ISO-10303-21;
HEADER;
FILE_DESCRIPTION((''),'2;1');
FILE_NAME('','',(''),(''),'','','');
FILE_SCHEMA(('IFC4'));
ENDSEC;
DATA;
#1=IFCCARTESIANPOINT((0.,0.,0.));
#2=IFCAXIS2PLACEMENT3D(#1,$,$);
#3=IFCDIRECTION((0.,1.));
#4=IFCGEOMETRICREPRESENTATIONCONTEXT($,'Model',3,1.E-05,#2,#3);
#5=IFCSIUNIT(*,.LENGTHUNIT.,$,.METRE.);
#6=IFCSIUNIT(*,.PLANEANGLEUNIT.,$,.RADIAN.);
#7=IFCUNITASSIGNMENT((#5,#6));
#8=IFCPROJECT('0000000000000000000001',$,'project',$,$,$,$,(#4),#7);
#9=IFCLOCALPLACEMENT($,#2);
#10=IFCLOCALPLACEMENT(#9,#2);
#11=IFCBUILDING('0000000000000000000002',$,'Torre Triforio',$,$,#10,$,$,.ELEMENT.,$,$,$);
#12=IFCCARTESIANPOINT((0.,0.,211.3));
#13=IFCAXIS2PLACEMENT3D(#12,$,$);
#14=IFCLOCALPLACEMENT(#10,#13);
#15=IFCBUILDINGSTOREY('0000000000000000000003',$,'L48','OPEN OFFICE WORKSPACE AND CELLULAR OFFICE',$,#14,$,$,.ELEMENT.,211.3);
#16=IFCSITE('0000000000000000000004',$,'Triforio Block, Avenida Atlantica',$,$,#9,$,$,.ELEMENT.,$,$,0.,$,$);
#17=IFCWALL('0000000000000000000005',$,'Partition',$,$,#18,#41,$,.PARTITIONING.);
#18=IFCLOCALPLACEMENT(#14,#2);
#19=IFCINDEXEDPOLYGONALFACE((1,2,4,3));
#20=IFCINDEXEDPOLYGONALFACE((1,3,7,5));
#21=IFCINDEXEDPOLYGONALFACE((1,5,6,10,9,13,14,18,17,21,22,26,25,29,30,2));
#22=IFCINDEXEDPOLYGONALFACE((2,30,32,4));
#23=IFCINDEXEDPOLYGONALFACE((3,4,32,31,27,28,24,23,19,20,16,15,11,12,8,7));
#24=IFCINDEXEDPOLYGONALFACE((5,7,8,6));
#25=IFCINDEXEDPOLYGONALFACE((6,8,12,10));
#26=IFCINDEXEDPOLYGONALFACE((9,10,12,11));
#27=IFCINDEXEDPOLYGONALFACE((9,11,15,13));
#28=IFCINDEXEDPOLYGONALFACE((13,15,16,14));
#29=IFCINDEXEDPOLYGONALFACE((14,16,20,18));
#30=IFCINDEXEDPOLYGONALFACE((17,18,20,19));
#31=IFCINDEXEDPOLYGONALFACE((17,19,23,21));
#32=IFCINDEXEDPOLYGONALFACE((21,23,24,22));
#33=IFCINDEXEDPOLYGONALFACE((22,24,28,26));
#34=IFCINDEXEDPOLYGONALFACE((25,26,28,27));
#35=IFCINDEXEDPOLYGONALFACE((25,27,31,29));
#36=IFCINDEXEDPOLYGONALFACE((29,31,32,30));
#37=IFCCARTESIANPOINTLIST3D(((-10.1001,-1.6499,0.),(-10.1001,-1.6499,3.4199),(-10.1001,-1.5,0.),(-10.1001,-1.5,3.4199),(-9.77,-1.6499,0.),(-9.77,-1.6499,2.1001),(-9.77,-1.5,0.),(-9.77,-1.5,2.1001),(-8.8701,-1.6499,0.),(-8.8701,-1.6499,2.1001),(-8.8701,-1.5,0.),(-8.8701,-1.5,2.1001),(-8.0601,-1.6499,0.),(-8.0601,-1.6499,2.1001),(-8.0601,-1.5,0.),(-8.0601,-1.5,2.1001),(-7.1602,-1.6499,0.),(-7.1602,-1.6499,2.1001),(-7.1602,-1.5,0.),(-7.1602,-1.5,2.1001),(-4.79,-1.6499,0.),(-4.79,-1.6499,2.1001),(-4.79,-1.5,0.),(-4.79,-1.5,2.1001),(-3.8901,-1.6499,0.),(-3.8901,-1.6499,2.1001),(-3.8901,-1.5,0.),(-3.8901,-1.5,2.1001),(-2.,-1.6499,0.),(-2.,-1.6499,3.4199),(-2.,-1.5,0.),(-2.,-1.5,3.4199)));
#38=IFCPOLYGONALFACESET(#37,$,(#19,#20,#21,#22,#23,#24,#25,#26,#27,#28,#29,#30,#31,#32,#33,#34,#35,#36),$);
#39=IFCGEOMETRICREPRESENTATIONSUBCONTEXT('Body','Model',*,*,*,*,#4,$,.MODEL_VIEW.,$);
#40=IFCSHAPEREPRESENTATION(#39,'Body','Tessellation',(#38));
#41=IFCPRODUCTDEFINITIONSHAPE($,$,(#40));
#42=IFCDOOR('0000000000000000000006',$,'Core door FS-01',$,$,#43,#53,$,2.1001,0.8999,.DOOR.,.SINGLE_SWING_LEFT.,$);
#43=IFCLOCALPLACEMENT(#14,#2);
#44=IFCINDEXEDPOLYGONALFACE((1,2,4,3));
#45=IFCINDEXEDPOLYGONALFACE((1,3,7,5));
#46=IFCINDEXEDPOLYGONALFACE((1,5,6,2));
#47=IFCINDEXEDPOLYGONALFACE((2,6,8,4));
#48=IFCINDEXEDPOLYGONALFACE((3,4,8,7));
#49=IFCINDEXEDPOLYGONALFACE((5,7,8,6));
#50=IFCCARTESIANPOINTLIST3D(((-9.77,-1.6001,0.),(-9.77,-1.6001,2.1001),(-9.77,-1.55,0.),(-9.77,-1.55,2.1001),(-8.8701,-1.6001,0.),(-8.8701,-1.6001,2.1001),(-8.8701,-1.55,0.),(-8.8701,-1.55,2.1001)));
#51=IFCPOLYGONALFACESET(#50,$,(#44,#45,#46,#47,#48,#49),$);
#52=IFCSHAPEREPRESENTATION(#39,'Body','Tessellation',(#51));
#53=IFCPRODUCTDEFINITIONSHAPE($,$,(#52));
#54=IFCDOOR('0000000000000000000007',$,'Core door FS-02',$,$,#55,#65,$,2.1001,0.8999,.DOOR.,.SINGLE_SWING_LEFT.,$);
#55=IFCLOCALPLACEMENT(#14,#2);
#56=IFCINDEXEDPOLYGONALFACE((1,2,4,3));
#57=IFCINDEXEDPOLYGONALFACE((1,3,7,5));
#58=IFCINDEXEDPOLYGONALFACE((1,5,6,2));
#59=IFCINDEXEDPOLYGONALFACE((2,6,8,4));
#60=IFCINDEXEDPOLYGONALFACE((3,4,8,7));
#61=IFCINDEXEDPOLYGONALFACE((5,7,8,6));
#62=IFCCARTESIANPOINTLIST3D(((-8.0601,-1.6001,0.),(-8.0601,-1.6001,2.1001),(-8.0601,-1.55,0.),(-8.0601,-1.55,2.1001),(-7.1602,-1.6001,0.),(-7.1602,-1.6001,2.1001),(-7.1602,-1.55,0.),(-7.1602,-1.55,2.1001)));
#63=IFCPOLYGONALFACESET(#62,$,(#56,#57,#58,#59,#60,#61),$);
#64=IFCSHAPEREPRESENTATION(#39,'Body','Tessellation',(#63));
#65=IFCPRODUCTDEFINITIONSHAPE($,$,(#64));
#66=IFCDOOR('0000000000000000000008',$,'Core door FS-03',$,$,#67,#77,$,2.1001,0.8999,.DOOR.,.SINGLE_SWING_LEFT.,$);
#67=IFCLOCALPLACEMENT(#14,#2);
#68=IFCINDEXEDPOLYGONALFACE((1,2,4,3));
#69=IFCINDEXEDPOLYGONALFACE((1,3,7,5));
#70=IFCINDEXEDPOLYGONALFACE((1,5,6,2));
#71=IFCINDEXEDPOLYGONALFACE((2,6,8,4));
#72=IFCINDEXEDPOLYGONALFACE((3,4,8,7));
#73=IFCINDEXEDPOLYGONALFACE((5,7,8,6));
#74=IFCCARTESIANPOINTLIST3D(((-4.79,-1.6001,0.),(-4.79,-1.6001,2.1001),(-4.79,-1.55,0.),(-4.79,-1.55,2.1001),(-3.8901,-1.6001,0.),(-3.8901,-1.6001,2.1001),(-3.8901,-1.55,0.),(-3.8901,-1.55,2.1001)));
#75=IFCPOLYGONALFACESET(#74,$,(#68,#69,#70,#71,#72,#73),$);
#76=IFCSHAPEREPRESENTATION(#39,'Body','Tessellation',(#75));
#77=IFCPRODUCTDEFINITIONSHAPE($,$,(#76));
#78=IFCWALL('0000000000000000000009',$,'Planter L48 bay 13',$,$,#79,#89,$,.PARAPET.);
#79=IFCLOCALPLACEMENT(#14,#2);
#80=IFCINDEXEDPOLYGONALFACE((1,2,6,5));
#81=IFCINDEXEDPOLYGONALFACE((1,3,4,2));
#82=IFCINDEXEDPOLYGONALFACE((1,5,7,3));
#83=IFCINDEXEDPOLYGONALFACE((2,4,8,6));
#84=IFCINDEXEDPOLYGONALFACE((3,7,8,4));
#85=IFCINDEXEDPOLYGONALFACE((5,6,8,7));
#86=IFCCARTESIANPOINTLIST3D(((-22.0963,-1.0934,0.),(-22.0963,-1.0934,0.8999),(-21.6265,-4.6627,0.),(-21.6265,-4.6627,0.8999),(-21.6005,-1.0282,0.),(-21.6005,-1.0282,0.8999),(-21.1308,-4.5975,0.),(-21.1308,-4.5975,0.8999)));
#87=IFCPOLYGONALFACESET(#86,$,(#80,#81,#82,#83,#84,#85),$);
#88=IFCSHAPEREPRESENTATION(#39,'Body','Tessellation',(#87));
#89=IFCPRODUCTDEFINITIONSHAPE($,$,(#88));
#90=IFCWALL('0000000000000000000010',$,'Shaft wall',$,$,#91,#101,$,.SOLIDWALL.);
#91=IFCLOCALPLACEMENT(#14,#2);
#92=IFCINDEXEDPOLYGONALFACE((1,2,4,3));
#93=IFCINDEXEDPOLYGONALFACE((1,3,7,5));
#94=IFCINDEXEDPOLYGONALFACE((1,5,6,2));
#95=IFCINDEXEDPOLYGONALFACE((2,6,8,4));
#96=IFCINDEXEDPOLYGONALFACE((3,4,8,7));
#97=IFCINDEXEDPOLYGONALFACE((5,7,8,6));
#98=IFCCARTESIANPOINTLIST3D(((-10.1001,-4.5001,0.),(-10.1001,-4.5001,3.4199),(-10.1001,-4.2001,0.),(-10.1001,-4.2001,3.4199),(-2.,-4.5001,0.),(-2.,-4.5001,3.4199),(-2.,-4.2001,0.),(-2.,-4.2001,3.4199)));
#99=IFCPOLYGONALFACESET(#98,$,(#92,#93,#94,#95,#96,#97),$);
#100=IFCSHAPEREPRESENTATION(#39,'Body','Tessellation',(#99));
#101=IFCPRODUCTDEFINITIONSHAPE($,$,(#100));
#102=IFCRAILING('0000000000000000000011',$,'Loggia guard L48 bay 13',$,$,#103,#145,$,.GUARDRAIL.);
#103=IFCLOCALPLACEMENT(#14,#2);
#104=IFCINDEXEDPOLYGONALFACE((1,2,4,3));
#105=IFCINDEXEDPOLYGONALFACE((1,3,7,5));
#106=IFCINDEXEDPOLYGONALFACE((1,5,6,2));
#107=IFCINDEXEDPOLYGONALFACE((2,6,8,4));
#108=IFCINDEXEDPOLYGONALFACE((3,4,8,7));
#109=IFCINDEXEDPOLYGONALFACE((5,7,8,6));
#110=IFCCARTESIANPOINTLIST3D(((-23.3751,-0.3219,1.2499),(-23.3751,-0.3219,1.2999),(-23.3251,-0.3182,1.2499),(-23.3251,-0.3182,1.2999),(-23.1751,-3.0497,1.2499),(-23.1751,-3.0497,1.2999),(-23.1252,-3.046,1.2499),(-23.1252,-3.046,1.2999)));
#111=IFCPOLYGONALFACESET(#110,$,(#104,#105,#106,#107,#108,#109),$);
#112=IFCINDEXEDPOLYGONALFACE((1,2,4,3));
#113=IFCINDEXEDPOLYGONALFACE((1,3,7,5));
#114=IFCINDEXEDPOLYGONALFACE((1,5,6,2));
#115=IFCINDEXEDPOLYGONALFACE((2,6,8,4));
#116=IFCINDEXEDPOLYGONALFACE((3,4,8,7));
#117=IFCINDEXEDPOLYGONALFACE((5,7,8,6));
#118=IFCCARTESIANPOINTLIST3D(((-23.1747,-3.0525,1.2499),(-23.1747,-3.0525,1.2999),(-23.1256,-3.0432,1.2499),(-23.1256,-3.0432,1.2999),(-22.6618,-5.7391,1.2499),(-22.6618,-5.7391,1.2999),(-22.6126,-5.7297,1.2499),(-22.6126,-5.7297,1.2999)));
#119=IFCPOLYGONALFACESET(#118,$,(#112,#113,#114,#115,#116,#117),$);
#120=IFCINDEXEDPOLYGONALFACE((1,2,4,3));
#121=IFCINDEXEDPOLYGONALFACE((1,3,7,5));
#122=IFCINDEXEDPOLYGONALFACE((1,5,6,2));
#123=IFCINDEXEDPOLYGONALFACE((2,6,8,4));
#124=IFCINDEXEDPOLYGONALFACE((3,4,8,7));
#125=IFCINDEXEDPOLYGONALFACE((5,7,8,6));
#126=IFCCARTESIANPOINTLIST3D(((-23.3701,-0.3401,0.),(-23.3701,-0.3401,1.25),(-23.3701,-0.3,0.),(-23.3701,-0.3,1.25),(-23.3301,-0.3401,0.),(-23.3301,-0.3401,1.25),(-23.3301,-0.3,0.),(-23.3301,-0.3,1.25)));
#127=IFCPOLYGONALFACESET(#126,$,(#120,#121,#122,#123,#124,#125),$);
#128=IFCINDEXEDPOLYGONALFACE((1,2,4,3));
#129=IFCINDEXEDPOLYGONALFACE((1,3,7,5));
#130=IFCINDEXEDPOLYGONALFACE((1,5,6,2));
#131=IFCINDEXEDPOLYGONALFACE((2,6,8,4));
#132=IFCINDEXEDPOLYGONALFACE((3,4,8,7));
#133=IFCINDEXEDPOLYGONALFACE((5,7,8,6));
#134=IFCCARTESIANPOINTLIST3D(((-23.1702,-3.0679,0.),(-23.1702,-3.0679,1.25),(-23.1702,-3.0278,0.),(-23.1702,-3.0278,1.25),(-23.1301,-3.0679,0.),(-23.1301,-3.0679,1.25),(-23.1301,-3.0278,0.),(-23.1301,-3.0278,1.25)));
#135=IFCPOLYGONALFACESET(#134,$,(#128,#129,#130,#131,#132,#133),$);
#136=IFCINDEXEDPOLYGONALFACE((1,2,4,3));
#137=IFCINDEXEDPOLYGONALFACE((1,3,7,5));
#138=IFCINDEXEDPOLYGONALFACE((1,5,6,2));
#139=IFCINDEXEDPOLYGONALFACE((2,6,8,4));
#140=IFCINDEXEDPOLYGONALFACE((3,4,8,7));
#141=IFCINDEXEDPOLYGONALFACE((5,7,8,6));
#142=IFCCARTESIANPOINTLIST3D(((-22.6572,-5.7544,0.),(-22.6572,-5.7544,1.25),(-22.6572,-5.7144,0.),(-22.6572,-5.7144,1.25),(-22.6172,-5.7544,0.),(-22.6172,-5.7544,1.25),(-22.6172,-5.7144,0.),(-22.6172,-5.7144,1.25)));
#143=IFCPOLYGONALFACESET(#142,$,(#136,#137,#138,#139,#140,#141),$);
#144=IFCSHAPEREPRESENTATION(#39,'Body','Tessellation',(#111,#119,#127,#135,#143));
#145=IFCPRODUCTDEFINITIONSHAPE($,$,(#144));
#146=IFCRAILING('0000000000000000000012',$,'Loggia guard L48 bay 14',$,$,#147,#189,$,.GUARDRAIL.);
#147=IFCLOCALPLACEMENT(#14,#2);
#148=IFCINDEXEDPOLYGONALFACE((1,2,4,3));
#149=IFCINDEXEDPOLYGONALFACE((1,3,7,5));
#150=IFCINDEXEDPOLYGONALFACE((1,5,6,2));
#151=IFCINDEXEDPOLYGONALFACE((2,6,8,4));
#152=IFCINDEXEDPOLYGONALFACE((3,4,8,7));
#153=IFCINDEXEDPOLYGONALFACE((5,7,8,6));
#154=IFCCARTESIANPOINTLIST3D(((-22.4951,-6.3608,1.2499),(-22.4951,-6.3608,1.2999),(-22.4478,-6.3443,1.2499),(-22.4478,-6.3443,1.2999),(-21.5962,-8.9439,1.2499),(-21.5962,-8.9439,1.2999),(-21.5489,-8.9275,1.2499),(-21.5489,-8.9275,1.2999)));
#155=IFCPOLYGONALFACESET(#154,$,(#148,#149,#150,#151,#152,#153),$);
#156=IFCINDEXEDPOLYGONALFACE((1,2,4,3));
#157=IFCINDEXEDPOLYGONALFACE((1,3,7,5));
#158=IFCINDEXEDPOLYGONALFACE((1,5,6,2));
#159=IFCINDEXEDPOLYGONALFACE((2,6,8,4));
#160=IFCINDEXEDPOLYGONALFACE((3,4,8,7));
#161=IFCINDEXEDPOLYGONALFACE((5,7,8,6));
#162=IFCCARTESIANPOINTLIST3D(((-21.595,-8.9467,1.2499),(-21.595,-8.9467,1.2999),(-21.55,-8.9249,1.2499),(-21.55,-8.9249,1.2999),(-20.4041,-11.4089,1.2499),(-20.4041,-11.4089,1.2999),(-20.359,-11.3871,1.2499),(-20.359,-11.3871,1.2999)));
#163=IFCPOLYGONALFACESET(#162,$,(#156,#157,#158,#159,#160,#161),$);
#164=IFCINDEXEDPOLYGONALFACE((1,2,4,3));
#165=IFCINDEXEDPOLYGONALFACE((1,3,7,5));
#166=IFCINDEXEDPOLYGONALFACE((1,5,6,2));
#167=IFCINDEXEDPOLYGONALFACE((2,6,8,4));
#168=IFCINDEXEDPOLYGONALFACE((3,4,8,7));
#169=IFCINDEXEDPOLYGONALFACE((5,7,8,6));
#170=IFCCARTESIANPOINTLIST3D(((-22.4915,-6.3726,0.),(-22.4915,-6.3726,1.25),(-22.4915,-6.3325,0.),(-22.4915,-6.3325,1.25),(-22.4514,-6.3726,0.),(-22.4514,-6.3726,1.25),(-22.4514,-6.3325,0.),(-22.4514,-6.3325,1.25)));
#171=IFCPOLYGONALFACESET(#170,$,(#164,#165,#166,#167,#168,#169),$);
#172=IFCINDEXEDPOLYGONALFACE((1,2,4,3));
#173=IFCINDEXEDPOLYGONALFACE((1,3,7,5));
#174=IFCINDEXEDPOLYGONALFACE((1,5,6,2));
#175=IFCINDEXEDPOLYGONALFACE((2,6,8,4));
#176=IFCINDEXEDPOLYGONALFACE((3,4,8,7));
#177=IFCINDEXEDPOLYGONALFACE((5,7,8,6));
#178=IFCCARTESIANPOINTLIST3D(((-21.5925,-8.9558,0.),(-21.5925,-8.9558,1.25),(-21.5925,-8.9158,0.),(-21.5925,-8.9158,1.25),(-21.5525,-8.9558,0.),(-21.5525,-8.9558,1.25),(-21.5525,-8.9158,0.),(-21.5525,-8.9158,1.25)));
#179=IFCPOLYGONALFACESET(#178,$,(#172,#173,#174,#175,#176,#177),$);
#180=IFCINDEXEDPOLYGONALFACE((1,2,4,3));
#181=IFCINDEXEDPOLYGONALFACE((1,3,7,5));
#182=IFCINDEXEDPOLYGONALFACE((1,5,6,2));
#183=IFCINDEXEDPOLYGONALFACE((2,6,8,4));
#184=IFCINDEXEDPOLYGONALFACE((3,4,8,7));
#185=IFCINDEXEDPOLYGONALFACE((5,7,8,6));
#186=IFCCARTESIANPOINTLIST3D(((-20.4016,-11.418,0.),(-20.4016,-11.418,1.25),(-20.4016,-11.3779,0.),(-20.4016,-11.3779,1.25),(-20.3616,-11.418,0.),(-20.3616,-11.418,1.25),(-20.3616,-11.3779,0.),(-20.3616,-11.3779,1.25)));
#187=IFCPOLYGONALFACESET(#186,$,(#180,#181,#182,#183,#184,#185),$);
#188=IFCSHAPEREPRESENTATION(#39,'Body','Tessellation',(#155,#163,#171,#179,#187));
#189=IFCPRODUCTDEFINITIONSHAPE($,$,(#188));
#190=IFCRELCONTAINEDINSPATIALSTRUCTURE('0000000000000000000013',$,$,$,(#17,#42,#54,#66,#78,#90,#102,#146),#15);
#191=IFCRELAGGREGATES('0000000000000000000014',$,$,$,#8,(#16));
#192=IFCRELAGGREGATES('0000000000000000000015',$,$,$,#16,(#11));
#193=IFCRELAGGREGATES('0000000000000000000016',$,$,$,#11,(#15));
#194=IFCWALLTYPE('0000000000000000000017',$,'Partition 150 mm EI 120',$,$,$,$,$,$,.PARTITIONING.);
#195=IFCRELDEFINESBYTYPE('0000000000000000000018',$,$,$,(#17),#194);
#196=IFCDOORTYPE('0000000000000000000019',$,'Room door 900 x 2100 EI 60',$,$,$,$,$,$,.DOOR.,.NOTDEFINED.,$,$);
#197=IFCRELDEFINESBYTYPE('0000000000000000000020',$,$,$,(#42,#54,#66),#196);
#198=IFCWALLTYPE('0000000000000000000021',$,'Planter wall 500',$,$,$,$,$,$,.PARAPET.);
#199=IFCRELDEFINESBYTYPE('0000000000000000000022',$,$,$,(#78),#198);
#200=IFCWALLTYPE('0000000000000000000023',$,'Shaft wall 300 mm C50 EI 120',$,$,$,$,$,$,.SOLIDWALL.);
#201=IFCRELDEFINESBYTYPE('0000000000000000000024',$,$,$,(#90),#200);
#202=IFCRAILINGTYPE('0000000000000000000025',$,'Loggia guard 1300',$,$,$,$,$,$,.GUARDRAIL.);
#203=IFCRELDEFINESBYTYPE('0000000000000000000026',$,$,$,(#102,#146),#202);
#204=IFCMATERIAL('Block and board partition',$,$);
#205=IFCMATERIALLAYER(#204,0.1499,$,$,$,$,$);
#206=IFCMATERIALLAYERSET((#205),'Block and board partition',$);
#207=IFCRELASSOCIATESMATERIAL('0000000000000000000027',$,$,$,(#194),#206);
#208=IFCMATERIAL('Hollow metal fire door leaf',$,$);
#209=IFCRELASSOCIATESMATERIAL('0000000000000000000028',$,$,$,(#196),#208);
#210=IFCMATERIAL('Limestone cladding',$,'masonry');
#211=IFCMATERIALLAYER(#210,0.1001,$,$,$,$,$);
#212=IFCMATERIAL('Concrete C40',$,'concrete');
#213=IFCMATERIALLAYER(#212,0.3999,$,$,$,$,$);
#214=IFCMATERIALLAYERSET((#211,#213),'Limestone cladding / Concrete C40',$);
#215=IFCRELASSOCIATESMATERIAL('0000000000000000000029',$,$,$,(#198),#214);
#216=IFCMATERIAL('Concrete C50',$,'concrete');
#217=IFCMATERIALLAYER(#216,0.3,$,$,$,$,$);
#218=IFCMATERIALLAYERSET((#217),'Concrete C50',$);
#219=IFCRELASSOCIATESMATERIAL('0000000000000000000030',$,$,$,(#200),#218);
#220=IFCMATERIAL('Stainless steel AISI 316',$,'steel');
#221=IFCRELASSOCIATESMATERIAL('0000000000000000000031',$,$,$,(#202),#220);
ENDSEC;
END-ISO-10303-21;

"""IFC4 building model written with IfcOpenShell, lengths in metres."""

from ifc_helpers import new_model, si_unit, direction, frame, frame_2d, origin, origin_2d, place, context, subcontext, project, spatial, rectangle, extrude, material, layer, layer_set, type_object, element, fill, save


model = new_model("IFC4")

# Units and contexts
model_context = context("Model", 3, precision=1e-05, world=origin(), true_north=direction((0.0, 1.0)))
body_context = subcontext(model_context, "Body", "Model", "MODEL_VIEW")
ifc_project = project(units=[si_unit("LENGTHUNIT", "METRE"), si_unit("PLANEANGLEUNIT", "RADIAN")], contexts=[model_context])

# Site, building, storey
site_placement = place(None, origin())
site = spatial("IfcSite", under=ifc_project, at=site_placement, Name="Triforio Block, Avenida Atlantica", CompositionType="ELEMENT", RefElevation=0.0)
building_placement = place(site_placement, origin())
building = spatial("IfcBuilding", under=site, at=building_placement, Name="Torre Triforio", CompositionType="ELEMENT")
storey_placement = place(building_placement, frame((0.0, 0.0, 211.3)))
storey = spatial("IfcBuildingStorey", under=building, at=storey_placement, Name="L48", Description="OPEN OFFICE WORKSPACE AND CELLULAR OFFICE", CompositionType="ELEMENT", Elevation=211.3)

# Shared definitions
ifc_material_1 = material(Name="Concrete C50", Category="concrete")

# Shared definitions
ifc_material_2 = material(Name="Concrete C40", Category="concrete")

# Shared definitions
ifc_material_3 = material(Name="Hollow metal fire door leaf")

# Wall, openings, doors
ifc_material_4 = material(Name="Block and board partition")
ifc_layer_1 = layer(ifc_material_4, 0.1499)
ifc_layer_set_1 = layer_set([ifc_layer_1], Name="Block and board partition")
wall_type_1 = type_object("IfcWallType", Name="Partition 150 mm EI 120", PredefinedType="PARTITIONING", material=ifc_layer_set_1)
wall_1_placement = place(storey_placement, frame((-10.1001, -1.575, 0.0), z_axis=(0.0, 0.0, 1.0), x_axis=(1.0, 0.0, 0.0)))
wall_1 = element("IfcWall", 1, at=wall_1_placement, inside=storey, type_object=wall_type_1, Name="Partition", PredefinedType="PARTITIONING", context=body_context, shape_type="SweptSolid", body=[
    extrude(rectangle(XDim=8.1001, YDim=0.1499, at=frame_2d((4.05, 0.0))), origin(), (0.0, 0.0, 1.0), 3.4199),
])
opening_1_placement = place(wall_1_placement, frame((0.3301, 0.0, 0.0)))
opening_1 = element("IfcOpeningElement", 2, at=opening_1_placement, cuts=wall_1, PredefinedType="OPENING", context=body_context, shape_type="SweptSolid", body=[
    extrude(rectangle(XDim=0.8999, YDim=2.1001, at=frame_2d((0.45, 1.05))), frame((0.0, 0.085, 0.0), z_axis=(0.0, -1.0, 0.0), x_axis=(1.0, 0.0, 0.0)), (0.0, 0.0, 1.0), 0.1699),
])
opening_2_placement = place(wall_1_placement, frame((2.04, 0.0, 0.0)))
opening_2 = element("IfcOpeningElement", 3, at=opening_2_placement, cuts=wall_1, PredefinedType="OPENING", context=body_context, shape_type="SweptSolid", body=[
    extrude(rectangle(XDim=0.8999, YDim=2.1001, at=frame_2d((0.45, 1.05))), frame((0.0, 0.085, 0.0), z_axis=(0.0, -1.0, 0.0), x_axis=(1.0, 0.0, 0.0)), (0.0, 0.0, 1.0), 0.1699),
])
opening_3_placement = place(wall_1_placement, frame((5.3101, 0.0, 0.0)))
opening_3 = element("IfcOpeningElement", 4, at=opening_3_placement, cuts=wall_1, PredefinedType="OPENING", context=body_context, shape_type="SweptSolid", body=[
    extrude(rectangle(XDim=0.8999, YDim=2.1001, at=frame_2d((0.45, 1.05))), frame((0.0, 0.085, 0.0), z_axis=(0.0, -1.0, 0.0), x_axis=(1.0, 0.0, 0.0)), (0.0, 0.0, 1.0), 0.1699),
])
door_type_1 = type_object("IfcDoorType", Name="Room door 900 x 2100 EI 60", OperationType="NOTDEFINED", PredefinedType="DOOR", material=ifc_material_3)
door_1_placement = place(opening_1_placement, origin())
door_1 = element("IfcDoor", 5, at=door_1_placement, inside=storey, type_object=door_type_1, Name="Core door FS-01", OperationType="SINGLE_SWING_LEFT", OverallHeight=2.1001, OverallWidth=0.8999, PredefinedType="DOOR", context=body_context, shape_type="SweptSolid", body=[
    extrude(rectangle(XDim=0.8999, YDim=2.1001, at=frame_2d((0.45, 1.05))), frame((0.0, 0.0249, 0.0), z_axis=(0.0, -1.0, 0.0), x_axis=(1.0, 0.0, 0.0)), (0.0, 0.0, 1.0), 0.05),
])
fill(opening_1, door_1)
door_2_placement = place(opening_2_placement, origin())
door_2 = element("IfcDoor", 6, at=door_2_placement, inside=storey, type_object=door_type_1, Name="Core door FS-02", OperationType="SINGLE_SWING_LEFT", OverallHeight=2.1001, OverallWidth=0.8999, PredefinedType="DOOR", context=body_context, shape_type="SweptSolid", body=[
    extrude(rectangle(XDim=0.8999, YDim=2.1001, at=frame_2d((0.45, 1.05))), frame((0.0, 0.0249, 0.0), z_axis=(0.0, -1.0, 0.0), x_axis=(1.0, 0.0, 0.0)), (0.0, 0.0, 1.0), 0.05),
])
fill(opening_2, door_2)
door_3_placement = place(opening_3_placement, origin())
door_3 = element("IfcDoor", 7, at=door_3_placement, inside=storey, type_object=door_type_1, Name="Core door FS-03", OperationType="SINGLE_SWING_LEFT", OverallHeight=2.1001, OverallWidth=0.8999, PredefinedType="DOOR", context=body_context, shape_type="SweptSolid", body=[
    extrude(rectangle(XDim=0.8999, YDim=2.1001, at=frame_2d((0.45, 1.05))), frame((0.0, 0.0249, 0.0), z_axis=(0.0, -1.0, 0.0), x_axis=(1.0, 0.0, 0.0)), (0.0, 0.0, 1.0), 0.05),
])
fill(opening_3, door_3)

# Walls
ifc_material_5 = material(Name="Limestone cladding", Category="masonry")
ifc_layer_2 = layer(ifc_material_5, 0.1001)
ifc_layer_3 = layer(ifc_material_2, 0.3999)
ifc_layer_set_2 = layer_set([ifc_layer_2, ifc_layer_3], Name="Limestone cladding / Concrete C40")
wall_type_2 = type_object("IfcWallType", Name="Planter wall 500", PredefinedType="PARAPET", material=ifc_layer_set_2)
wall_2_placement = place(storey_placement, frame((-21.8484, -1.0608, 0.0), z_axis=(0.0, 0.0, 1.0), x_axis=(0.130476, -0.991452, 0.0)))
element("IfcWall", 8, at=wall_2_placement, inside=storey, type_object=wall_type_2, Name="Planter L48 bay 13", PredefinedType="PARAPET", context=body_context, shape_type="SweptSolid", body=[
    extrude(rectangle(XDim=3.6001, YDim=0.5, at=frame_2d((1.8, 0.0))), origin(), (0.0, 0.0, 1.0), 0.8999),
])
ifc_layer_4 = layer(ifc_material_1, 0.3)
ifc_layer_set_3 = layer_set([ifc_layer_4], Name="Concrete C50")
wall_type_3 = type_object("IfcWallType", Name="Shaft wall 300 mm C50 EI 120", PredefinedType="SOLIDWALL", material=ifc_layer_set_3)
wall_3_placement = place(storey_placement, frame((-10.1001, -4.3501, 0.0), z_axis=(0.0, 0.0, 1.0), x_axis=(1.0, 0.0, 0.0)))
element("IfcWall", 9, at=wall_3_placement, inside=storey, type_object=wall_type_3, Name="Shaft wall", PredefinedType="SOLIDWALL", context=body_context, shape_type="SweptSolid", body=[
    extrude(rectangle(XDim=8.1001, YDim=0.3, at=frame_2d((4.05, 0.0))), origin(), (0.0, 0.0, 1.0), 3.4199),
])

# Railings
ifc_material_6 = material(Name="Stainless steel AISI 316", Category="steel")
railing_type = type_object("IfcRailingType", Name="Loggia guard 1300", PredefinedType="GUARDRAIL", material=ifc_material_6)
railing_1_placement = place(storey_placement, frame((-23.3501, -0.3201, 0.0)))
element("IfcRailing", 10, at=railing_1_placement, inside=storey, type_object=railing_type, Name="Loggia guard L48 bay 13", PredefinedType="GUARDRAIL", context=body_context, shape_type="SweptSolid", body=[
    extrude(rectangle(XDim=0.05, YDim=0.05, at=origin_2d()), frame((0.0, 0.0, 1.2749), z_axis=(0.073106, -0.997324, 0.0), x_axis=(0.997324, 0.073106, 0.0)), (0.0, 0.0, 1.0), 2.7351),
    extrude(rectangle(XDim=0.05, YDim=0.05, at=origin_2d()), frame((0.2, -2.7278, 1.2749), z_axis=(0.187543, -0.982256, 0.0), x_axis=(0.982256, 0.187543, 0.0)), (0.0, 0.0, 1.0), 2.7351),
    extrude(rectangle(XDim=0.04, YDim=0.04, at=origin_2d()), origin(), (0.0, 0.0, 1.0), 1.25),
    extrude(rectangle(XDim=0.04, YDim=0.04, at=origin_2d()), frame((0.2, -2.7278, 0.0)), (0.0, 0.0, 1.0), 1.25),
    extrude(rectangle(XDim=0.04, YDim=0.04, at=origin_2d()), frame((0.7129, -5.4143, 0.0)), (0.0, 0.0, 1.0), 1.25),
])
railing_2_placement = place(storey_placement, frame((-22.4714, -6.3525, 0.0)))
element("IfcRailing", 11, at=railing_2_placement, inside=storey, type_object=railing_type, Name="Loggia guard L48 bay 14", PredefinedType="GUARDRAIL", context=body_context, shape_type="SweptSolid", body=[
    extrude(rectangle(XDim=0.05, YDim=0.05, at=origin_2d()), frame((0.0, 0.0, 1.2749), z_axis=(0.328652, -0.944451, 0.0), x_axis=(0.944451, 0.328652, 0.0)), (0.0, 0.0, 1.0), 2.7351),
    extrude(rectangle(XDim=0.05, YDim=0.05, at=origin_2d()), frame((0.8989, -2.5833, 1.2749), z_axis=(0.435428, -0.900224, 0.0), x_axis=(0.900224, 0.435428, 0.0)), (0.0, 0.0, 1.0), 2.7351),
    extrude(rectangle(XDim=0.04, YDim=0.04, at=origin_2d()), origin(), (0.0, 0.0, 1.0), 1.25),
    extrude(rectangle(XDim=0.04, YDim=0.04, at=origin_2d()), frame((0.8989, -2.5833, 0.0)), (0.0, 0.0, 1.0), 1.25),
    extrude(rectangle(XDim=0.04, YDim=0.04, at=origin_2d()), frame((2.0898, -5.0454, 0.0)), (0.0, 0.0, 1.0), 1.25),
])

save(model, "model.ifc")
